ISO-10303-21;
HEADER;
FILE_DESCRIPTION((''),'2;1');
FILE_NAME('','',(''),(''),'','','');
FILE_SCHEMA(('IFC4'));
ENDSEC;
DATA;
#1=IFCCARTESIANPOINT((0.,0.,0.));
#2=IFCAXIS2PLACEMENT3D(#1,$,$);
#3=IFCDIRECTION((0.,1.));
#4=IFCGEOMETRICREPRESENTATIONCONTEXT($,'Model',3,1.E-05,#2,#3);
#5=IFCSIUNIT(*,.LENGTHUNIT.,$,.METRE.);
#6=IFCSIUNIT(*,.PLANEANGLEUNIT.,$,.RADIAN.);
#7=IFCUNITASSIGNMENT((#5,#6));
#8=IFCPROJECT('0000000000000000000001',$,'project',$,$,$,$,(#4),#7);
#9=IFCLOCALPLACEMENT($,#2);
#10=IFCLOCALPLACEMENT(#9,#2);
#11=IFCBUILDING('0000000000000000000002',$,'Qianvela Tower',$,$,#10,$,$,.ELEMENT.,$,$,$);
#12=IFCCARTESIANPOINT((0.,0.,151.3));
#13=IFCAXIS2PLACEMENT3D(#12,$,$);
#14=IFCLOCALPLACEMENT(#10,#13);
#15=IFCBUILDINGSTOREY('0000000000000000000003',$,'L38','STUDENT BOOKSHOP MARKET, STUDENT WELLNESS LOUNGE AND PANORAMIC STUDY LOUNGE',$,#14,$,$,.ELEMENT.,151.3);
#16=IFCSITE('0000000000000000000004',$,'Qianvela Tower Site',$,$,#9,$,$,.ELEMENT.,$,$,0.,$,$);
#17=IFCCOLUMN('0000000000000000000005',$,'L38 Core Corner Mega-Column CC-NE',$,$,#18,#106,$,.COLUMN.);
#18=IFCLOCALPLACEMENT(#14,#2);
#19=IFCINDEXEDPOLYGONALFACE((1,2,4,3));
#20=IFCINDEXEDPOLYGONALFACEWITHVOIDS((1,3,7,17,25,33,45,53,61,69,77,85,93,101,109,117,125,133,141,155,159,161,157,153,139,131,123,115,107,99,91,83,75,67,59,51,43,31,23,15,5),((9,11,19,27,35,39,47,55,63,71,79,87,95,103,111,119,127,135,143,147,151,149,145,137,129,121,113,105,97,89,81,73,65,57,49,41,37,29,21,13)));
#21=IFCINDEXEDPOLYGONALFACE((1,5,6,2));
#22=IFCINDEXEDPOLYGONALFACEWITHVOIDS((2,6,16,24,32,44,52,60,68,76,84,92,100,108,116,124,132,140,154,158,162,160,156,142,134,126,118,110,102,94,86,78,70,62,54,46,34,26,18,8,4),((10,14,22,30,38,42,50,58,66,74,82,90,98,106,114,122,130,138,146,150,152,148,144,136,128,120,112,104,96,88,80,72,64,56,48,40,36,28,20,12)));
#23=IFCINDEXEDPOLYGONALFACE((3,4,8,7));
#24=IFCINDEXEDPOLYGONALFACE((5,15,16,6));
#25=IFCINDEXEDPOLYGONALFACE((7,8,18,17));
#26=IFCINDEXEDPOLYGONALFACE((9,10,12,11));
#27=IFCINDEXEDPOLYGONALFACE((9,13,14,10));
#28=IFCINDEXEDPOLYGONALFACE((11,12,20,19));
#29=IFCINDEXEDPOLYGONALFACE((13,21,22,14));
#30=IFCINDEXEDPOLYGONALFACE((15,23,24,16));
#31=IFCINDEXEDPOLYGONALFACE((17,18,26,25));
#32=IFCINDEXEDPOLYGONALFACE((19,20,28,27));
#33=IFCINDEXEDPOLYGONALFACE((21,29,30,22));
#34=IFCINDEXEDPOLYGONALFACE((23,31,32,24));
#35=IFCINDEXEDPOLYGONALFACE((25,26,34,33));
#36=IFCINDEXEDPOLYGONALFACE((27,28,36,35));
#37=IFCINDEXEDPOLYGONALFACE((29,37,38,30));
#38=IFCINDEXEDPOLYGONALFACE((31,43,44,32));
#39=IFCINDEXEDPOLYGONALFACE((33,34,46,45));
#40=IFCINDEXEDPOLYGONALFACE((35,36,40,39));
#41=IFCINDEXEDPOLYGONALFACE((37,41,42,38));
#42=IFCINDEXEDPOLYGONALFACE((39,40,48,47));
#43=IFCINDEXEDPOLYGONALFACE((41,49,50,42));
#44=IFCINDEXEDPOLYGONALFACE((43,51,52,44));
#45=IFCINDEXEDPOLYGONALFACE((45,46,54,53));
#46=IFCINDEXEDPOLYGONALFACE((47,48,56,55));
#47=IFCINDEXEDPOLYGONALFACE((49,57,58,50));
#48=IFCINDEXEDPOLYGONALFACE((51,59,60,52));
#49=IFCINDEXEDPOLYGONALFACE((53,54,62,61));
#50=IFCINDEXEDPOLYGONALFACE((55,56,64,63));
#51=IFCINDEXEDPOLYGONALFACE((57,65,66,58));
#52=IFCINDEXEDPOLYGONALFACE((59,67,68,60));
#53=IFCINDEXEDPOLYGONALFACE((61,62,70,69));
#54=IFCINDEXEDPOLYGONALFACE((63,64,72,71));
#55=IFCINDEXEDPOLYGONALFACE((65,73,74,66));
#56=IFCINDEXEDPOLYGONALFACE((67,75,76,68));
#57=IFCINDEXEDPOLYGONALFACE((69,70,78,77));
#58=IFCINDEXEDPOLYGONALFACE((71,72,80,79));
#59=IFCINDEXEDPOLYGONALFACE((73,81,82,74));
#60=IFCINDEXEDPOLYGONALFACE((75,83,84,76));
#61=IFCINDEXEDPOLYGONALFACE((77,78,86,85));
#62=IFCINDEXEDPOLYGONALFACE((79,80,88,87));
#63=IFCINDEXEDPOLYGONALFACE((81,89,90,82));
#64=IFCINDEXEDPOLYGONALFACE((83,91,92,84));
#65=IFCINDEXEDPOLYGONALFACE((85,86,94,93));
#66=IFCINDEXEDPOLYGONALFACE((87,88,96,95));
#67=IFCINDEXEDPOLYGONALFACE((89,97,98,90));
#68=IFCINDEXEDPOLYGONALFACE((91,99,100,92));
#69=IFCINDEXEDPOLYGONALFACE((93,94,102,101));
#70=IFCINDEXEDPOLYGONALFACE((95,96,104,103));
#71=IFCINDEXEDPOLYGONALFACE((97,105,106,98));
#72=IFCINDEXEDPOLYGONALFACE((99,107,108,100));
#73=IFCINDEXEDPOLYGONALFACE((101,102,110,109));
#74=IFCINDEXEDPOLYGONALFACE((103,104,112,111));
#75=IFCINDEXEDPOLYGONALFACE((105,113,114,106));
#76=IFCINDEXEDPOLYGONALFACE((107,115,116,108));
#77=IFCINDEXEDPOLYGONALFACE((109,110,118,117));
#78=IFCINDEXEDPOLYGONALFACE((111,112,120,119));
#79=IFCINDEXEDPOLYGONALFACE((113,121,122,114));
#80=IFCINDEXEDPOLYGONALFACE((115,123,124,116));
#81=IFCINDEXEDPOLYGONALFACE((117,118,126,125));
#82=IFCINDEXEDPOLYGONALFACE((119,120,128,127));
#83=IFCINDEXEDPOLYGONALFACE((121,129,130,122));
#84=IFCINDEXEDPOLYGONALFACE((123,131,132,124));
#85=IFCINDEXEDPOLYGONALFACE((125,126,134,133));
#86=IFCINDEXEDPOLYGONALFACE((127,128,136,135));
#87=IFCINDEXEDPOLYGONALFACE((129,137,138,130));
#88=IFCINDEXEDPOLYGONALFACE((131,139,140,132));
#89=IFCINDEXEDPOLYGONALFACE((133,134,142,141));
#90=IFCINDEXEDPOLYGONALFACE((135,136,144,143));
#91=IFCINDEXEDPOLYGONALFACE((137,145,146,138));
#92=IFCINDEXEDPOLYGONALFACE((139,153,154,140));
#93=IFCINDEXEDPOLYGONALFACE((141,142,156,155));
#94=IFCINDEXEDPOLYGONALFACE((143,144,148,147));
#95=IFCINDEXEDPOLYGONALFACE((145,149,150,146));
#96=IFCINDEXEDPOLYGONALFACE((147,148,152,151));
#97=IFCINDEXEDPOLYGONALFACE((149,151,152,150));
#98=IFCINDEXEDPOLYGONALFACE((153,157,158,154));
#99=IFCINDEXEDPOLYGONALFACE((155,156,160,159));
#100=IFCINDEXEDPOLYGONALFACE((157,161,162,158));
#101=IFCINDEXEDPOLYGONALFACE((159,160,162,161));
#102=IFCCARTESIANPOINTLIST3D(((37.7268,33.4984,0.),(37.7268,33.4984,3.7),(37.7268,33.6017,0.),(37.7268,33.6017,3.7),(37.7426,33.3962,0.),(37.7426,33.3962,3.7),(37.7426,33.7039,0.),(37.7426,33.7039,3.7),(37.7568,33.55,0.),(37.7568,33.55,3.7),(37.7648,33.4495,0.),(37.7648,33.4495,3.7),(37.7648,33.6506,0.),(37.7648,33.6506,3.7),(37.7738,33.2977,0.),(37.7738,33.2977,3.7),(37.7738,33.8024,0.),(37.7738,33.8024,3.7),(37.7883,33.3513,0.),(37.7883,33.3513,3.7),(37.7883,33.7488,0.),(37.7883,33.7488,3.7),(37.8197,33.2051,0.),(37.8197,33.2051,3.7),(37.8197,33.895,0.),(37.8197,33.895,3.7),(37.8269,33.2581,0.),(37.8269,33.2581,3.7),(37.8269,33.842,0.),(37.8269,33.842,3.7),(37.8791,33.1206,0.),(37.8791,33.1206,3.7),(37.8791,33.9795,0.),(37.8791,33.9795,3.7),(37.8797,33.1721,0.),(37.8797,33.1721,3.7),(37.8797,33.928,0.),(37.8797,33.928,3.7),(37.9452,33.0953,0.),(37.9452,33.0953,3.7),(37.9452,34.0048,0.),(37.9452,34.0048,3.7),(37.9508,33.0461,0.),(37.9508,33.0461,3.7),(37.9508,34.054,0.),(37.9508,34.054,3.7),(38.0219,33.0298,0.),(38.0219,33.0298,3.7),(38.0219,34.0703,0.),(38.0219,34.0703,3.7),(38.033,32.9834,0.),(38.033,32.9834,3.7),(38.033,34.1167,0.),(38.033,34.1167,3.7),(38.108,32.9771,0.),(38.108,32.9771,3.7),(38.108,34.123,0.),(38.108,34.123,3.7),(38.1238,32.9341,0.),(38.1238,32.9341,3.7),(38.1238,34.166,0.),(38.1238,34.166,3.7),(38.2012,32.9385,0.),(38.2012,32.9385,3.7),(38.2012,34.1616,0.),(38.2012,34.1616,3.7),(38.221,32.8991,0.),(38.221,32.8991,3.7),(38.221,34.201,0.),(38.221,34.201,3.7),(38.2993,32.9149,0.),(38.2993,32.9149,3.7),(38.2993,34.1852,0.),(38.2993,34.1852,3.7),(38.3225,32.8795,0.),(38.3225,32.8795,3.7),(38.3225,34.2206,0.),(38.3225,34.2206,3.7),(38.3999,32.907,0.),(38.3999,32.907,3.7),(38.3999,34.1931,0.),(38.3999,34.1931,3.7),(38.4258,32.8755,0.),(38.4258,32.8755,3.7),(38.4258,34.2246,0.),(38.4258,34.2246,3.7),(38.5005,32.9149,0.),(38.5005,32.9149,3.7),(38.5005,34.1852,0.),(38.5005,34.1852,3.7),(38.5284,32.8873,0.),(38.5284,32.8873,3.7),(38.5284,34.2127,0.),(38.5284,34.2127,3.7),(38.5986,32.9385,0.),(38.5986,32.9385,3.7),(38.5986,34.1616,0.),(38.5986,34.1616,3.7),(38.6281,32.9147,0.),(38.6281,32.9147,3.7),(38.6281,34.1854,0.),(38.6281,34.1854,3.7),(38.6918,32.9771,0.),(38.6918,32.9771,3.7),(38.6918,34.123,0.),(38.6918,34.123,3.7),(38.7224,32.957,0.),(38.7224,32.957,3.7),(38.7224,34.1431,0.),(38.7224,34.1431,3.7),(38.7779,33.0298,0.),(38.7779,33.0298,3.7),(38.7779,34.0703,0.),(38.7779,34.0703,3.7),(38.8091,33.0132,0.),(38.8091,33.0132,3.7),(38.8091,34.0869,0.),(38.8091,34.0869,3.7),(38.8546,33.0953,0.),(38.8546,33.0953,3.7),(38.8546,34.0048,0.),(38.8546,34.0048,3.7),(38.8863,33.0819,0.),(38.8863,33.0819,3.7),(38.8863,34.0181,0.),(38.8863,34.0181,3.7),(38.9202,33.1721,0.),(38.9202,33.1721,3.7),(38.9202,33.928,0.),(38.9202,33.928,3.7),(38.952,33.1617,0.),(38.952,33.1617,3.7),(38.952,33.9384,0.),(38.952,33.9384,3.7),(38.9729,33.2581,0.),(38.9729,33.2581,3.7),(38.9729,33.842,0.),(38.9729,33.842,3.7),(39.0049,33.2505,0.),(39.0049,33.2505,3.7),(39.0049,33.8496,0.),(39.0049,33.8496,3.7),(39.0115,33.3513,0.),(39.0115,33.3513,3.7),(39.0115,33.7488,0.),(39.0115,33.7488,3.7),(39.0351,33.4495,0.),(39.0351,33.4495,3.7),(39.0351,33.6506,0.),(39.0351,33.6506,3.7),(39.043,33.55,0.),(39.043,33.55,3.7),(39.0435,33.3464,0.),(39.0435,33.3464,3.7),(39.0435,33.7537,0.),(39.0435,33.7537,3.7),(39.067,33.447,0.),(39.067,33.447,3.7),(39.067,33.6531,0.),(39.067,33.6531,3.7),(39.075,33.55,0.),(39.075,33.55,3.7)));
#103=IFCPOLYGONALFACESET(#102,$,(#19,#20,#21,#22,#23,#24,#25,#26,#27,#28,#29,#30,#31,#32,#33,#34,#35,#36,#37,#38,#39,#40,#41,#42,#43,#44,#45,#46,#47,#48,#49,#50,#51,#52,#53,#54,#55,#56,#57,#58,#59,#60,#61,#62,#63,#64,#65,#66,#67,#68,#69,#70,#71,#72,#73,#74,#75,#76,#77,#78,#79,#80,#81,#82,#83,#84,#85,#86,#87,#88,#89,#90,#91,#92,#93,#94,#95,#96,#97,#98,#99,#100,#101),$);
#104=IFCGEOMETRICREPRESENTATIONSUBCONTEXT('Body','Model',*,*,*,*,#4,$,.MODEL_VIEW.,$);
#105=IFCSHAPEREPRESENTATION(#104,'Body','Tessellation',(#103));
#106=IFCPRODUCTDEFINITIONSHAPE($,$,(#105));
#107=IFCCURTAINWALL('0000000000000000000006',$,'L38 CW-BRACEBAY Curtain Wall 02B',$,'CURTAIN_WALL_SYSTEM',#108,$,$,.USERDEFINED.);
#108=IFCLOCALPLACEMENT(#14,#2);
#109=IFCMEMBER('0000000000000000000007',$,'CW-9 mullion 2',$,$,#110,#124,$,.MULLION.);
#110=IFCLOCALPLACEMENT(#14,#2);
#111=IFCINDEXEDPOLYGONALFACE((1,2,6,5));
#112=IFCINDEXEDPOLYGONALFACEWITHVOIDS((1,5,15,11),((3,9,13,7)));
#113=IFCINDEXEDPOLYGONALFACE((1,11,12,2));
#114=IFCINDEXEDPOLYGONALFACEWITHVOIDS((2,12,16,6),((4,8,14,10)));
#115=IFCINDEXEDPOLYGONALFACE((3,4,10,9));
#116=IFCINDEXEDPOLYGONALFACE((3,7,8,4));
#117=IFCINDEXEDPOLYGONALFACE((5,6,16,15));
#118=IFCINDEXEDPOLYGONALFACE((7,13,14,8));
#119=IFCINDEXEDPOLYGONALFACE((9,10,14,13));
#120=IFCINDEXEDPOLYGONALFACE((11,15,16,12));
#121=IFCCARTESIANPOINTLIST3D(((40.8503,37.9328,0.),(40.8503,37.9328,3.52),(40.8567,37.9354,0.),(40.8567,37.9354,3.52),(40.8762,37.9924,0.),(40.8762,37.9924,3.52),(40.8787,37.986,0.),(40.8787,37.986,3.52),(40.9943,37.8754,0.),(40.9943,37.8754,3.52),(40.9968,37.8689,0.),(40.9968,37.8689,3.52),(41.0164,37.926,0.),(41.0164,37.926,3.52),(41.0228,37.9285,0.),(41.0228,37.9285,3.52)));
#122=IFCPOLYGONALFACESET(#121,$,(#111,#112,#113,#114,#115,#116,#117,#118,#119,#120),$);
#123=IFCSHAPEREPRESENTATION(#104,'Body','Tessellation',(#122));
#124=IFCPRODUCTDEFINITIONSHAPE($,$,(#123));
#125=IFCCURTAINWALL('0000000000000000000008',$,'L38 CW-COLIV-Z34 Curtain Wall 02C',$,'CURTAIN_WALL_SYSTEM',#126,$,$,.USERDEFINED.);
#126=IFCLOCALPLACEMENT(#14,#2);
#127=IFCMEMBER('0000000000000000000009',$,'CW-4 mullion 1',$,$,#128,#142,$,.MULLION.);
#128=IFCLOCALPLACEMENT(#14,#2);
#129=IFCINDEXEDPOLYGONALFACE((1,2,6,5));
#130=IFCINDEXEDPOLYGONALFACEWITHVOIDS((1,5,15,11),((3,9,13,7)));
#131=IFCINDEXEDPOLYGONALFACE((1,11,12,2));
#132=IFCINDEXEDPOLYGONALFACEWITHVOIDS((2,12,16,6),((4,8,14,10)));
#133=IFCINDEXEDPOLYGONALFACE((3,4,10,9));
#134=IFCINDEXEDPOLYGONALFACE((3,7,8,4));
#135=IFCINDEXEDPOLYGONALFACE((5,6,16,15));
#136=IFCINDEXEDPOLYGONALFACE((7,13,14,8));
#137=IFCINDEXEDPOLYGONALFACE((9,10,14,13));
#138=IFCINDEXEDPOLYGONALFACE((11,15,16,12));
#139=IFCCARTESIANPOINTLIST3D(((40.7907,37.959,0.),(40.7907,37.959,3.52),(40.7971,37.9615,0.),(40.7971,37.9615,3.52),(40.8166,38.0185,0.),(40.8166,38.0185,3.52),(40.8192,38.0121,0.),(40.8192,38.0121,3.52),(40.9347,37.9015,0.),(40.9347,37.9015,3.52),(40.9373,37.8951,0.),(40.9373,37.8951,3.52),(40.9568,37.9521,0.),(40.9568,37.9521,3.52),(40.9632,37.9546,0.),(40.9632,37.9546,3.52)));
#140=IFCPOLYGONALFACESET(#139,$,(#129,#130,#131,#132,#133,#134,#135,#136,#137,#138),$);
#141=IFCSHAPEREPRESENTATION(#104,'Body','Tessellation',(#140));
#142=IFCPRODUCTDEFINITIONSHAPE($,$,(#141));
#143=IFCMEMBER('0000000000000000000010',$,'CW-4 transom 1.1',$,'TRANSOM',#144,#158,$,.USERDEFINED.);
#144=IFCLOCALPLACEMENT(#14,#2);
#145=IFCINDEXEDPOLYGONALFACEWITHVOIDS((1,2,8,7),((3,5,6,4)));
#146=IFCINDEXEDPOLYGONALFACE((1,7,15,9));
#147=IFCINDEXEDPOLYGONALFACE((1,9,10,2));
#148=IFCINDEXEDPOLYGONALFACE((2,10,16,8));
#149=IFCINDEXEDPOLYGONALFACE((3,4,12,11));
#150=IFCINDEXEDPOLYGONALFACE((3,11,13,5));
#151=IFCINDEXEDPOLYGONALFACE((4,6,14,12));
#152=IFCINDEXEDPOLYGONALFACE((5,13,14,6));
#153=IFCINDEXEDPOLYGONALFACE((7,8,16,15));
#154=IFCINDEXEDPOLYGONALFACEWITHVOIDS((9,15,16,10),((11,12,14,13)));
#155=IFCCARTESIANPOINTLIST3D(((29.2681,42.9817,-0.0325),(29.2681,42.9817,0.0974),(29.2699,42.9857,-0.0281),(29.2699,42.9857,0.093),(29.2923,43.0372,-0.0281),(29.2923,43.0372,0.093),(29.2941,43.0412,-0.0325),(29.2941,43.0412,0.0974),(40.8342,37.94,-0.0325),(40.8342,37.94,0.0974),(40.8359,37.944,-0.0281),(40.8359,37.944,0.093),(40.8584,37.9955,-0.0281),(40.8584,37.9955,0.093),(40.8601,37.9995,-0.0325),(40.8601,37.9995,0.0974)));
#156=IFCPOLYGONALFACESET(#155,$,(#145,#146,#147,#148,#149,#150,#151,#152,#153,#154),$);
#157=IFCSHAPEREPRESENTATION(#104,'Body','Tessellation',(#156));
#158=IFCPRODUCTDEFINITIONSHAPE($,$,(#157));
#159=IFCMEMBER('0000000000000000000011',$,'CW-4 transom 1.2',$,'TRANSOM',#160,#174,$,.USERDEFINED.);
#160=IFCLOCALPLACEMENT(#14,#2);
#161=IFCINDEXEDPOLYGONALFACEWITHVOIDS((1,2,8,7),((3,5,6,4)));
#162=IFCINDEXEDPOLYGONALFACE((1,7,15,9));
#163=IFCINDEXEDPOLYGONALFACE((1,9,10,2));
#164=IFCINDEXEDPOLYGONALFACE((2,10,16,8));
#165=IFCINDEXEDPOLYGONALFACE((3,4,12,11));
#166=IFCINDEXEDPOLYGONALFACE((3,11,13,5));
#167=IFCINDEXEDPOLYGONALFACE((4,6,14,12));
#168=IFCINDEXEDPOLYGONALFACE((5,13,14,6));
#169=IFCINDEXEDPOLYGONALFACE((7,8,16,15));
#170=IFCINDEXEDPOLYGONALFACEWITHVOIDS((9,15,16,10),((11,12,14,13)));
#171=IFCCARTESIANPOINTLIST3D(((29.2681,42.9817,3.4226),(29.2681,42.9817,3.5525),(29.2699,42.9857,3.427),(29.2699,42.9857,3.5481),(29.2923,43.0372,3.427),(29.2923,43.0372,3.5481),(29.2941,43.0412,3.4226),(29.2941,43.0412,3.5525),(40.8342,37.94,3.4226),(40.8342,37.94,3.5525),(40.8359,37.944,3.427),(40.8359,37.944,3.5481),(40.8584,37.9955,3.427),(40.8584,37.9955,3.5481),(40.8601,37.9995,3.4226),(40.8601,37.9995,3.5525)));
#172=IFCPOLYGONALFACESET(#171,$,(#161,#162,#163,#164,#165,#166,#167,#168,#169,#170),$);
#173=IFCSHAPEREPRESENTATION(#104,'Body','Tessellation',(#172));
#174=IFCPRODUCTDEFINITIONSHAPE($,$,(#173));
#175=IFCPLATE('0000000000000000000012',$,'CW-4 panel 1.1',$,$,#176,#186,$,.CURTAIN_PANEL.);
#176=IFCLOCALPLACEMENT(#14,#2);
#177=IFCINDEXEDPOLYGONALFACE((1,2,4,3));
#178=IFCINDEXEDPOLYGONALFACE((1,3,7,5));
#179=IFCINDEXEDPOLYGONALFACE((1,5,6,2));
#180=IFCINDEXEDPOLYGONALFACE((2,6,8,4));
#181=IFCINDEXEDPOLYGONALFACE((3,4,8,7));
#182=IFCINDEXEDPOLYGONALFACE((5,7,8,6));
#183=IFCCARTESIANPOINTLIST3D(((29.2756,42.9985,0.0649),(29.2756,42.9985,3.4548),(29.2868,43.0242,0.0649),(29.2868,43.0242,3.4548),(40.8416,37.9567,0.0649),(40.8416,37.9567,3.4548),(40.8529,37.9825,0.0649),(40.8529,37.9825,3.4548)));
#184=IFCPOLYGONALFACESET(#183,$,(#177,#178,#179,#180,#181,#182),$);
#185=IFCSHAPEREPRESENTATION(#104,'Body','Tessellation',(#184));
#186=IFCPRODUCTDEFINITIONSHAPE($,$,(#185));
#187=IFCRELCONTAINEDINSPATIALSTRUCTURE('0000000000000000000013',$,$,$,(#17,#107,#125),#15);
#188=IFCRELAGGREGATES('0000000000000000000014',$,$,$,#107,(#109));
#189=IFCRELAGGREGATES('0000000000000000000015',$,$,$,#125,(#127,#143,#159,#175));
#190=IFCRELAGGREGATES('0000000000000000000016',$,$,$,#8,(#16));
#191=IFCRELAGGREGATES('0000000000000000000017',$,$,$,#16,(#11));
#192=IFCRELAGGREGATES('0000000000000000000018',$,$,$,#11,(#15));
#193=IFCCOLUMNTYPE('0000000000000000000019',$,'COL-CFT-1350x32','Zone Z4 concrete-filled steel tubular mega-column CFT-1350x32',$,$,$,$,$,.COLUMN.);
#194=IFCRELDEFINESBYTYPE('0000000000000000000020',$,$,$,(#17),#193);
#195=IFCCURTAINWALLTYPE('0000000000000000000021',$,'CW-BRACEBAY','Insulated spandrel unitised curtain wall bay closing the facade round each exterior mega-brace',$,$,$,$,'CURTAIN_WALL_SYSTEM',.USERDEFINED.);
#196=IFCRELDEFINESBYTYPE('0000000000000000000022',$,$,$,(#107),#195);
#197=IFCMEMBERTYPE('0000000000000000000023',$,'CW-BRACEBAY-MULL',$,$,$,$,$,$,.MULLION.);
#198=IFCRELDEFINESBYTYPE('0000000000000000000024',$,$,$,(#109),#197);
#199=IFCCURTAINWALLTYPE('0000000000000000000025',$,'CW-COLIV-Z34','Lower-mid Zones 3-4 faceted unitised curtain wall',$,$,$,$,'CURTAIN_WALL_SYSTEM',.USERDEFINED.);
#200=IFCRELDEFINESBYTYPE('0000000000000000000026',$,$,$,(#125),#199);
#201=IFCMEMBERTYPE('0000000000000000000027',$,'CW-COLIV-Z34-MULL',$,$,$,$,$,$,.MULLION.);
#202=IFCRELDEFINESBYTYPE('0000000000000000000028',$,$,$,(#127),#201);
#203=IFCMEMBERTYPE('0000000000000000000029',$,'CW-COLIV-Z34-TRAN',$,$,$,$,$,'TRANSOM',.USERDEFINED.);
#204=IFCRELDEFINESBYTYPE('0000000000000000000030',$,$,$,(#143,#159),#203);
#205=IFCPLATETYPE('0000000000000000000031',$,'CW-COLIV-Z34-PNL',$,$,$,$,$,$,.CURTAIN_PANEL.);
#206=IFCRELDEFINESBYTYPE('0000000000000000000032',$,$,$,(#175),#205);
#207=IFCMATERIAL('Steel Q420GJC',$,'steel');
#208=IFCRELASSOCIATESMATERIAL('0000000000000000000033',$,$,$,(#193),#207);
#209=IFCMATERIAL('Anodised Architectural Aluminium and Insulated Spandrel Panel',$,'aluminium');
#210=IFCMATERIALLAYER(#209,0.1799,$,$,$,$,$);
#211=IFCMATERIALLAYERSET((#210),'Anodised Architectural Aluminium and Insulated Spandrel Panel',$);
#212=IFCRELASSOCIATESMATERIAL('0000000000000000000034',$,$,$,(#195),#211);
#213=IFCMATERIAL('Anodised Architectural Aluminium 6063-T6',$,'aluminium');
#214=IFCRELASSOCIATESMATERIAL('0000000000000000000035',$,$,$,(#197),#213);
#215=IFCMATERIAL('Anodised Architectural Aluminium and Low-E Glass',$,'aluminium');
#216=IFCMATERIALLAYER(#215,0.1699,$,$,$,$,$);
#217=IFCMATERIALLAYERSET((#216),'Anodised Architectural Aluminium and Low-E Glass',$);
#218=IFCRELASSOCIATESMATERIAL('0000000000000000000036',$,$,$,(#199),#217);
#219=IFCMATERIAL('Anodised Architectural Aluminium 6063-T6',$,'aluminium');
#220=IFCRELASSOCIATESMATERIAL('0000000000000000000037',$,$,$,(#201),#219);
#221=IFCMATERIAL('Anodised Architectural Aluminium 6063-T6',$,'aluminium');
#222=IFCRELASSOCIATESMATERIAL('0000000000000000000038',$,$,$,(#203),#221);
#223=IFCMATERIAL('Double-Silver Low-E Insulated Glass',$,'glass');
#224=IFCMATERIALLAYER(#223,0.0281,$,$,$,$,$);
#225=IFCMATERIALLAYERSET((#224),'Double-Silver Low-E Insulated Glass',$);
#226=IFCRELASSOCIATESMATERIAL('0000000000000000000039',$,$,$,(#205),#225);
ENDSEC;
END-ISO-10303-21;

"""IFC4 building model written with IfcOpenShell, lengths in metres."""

from ifc_helpers import new_model, si_unit, direction, frame, origin, origin_2d, place, context, subcontext, project, spatial, rectangle, hollow_rectangle, hollow_circle, extrude, material, layer, layer_set, material_profile, profile_set, type_object, element, aggregate, save


model = new_model("IFC4")

# Units and contexts
model_context = context("Model", 3, precision=1e-05, world=origin(), true_north=direction((0.0, 1.0)))
body_context = subcontext(model_context, "Body", "Model", "MODEL_VIEW")
ifc_project = project(units=[si_unit("LENGTHUNIT", "METRE"), si_unit("PLANEANGLEUNIT", "RADIAN")], contexts=[model_context])

# Site, building, storey
site_placement = place(None, origin())
site = spatial("IfcSite", under=ifc_project, at=site_placement, Name="Qianvela Tower Site", CompositionType="ELEMENT", RefElevation=0.0)
building_placement = place(site_placement, origin())
building = spatial("IfcBuilding", under=site, at=building_placement, Name="Qianvela Tower", CompositionType="ELEMENT")
storey_placement = place(building_placement, frame((0.0, 0.0, 151.3)))
storey = spatial("IfcBuildingStorey", under=building, at=storey_placement, Name="L38", Description="STUDENT BOOKSHOP MARKET, STUDENT WELLNESS LOUNGE AND PANORAMIC STUDY LOUNGE", CompositionType="ELEMENT", Elevation=151.3)

# Column
ifc_material_1 = material(Name="Steel Q420GJC", Category="steel")
ifc_material_profile_1 = material_profile(ifc_material_1, hollow_circle(Radius=0.675, WallThickness=0.032, at=origin_2d()), Name="CFT-1350x32")
ifc_profile_set_1 = profile_set([ifc_material_profile_1], Name="Steel Q420GJC")
column_type = type_object("IfcColumnType", Name="COL-CFT-1350x32", Description="Zone Z4 concrete-filled steel tubular mega-column CFT-1350x32", PredefinedType="COLUMN", material=ifc_profile_set_1)
column_placement = place(storey_placement, frame((38.3999, 33.55, 0.0), z_axis=(0.0, 0.0, 1.0), x_axis=(1.0, 0.0, 0.0)))
element("IfcColumn", 1, at=column_placement, inside=storey, type_object=column_type, Name="L38 Core Corner Mega-Column CC-NE", PredefinedType="COLUMN", context=body_context, shape_type="SweptSolid", body=[
    extrude(hollow_circle(Radius=0.675, WallThickness=0.032, at=origin_2d()), origin(), (0.0, 0.0, 1.0), 3.7),
])

# Curtain wall, member
ifc_material_2 = material(Name="Anodised Architectural Aluminium and Insulated Spandrel Panel", Category="aluminium")
ifc_layer_1 = layer(ifc_material_2, 0.1799)
ifc_layer_set_1 = layer_set([ifc_layer_1], Name="Anodised Architectural Aluminium and Insulated Spandrel Panel")
curtain_wall_type_1 = type_object("IfcCurtainWallType", Name="CW-BRACEBAY", Description="Insulated spandrel unitised curtain wall bay closing the facade round each exterior mega-brace", ElementType="CURTAIN_WALL_SYSTEM", PredefinedType="USERDEFINED", material=ifc_layer_set_1)
curtain_wall_1_placement = place(storey_placement, origin())
curtain_wall_1 = element("IfcCurtainWall", 2, at=curtain_wall_1_placement, inside=storey, type_object=curtain_wall_type_1, Name="L38 CW-BRACEBAY Curtain Wall 02B", ObjectType="CURTAIN_WALL_SYSTEM", PredefinedType="USERDEFINED")
ifc_material_3 = material(Name="Anodised Architectural Aluminium 6063-T6", Category="aluminium")
ifc_material_profile_2 = material_profile(ifc_material_3, hollow_rectangle(XDim=0.0649, YDim=0.1599, WallThickness=0.0049, at=origin_2d()), Name="ALU-MULL-65x160")
ifc_profile_set_2 = profile_set([ifc_material_profile_2], Name="Anodised Architectural Aluminium 6063-T6")
member_type_1 = type_object("IfcMemberType", Name="CW-BRACEBAY-MULL", PredefinedType="MULLION", material=ifc_profile_set_2)
member_1_placement = place(storey_placement, frame((40.9365, 37.9307, 0.0), z_axis=(0.0, 0.0, 1.0), x_axis=(-0.399607, -0.916687, 0.0)))
member_1 = element("IfcMember", 3, at=member_1_placement, type_object=member_type_1, Name="CW-9 mullion 2", PredefinedType="MULLION", context=body_context, shape_type="SweptSolid", body=[
    extrude(hollow_rectangle(XDim=0.0649, YDim=0.1599, WallThickness=0.0049, at=origin_2d()), origin(), (0.0, 0.0, 1.0), 3.52),
])
aggregate(curtain_wall_1, [member_1])

# Curtain wall, members, plate
ifc_material_4 = material(Name="Anodised Architectural Aluminium and Low-E Glass", Category="aluminium")
ifc_layer_2 = layer(ifc_material_4, 0.1699)
ifc_layer_set_2 = layer_set([ifc_layer_2], Name="Anodised Architectural Aluminium and Low-E Glass")
curtain_wall_type_2 = type_object("IfcCurtainWallType", Name="CW-COLIV-Z34", Description="Lower-mid Zones 3-4 faceted unitised curtain wall", ElementType="CURTAIN_WALL_SYSTEM", PredefinedType="USERDEFINED", material=ifc_layer_set_2)
curtain_wall_2_placement = place(storey_placement, origin())
curtain_wall_2 = element("IfcCurtainWall", 4, at=curtain_wall_2_placement, inside=storey, type_object=curtain_wall_type_2, Name="L38 CW-COLIV-Z34 Curtain Wall 02C", ObjectType="CURTAIN_WALL_SYSTEM", PredefinedType="USERDEFINED")
ifc_material_5 = material(Name="Anodised Architectural Aluminium 6063-T6", Category="aluminium")
ifc_material_profile_3 = material_profile(ifc_material_5, hollow_rectangle(XDim=0.0649, YDim=0.1599, WallThickness=0.0049, at=origin_2d()), Name="ALU-MULL-65x160")
ifc_profile_set_3 = profile_set([ifc_material_profile_3], Name="Anodised Architectural Aluminium 6063-T6")
member_type_2 = type_object("IfcMemberType", Name="CW-COLIV-Z34-MULL", PredefinedType="MULLION", material=ifc_profile_set_3)
member_2_placement = place(storey_placement, frame((40.877, 37.9568, 0.0), z_axis=(0.0, 0.0, 1.0), x_axis=(-0.399595, -0.916692, 0.0)))
member_2 = element("IfcMember", 5, at=member_2_placement, type_object=member_type_2, Name="CW-4 mullion 1", PredefinedType="MULLION", context=body_context, shape_type="SweptSolid", body=[
    extrude(hollow_rectangle(XDim=0.0649, YDim=0.1599, WallThickness=0.0049, at=origin_2d()), origin(), (0.0, 0.0, 1.0), 3.52),
])
ifc_material_6 = material(Name="Anodised Architectural Aluminium 6063-T6", Category="aluminium")
ifc_material_profile_4 = material_profile(ifc_material_6, hollow_rectangle(XDim=0.0649, YDim=0.1299, WallThickness=0.0044, at=origin_2d()), Name="ALU-TRAN-65x130")
ifc_profile_set_4 = profile_set([ifc_material_profile_4], Name="Anodised Architectural Aluminium 6063-T6")
member_type_3 = type_object("IfcMemberType", Name="CW-COLIV-Z34-TRAN", ElementType="TRANSOM", PredefinedType="USERDEFINED", material=ifc_profile_set_4)
member_3_placement = place(storey_placement, frame((40.8472, 37.9697, 0.0325), z_axis=(-0.916693, 0.399591, 0.0), x_axis=(-0.399591, -0.916693, 0.0)))
member_3 = element("IfcMember", 6, at=member_3_placement, type_object=member_type_3, Name="CW-4 transom 1.1", ObjectType="TRANSOM", PredefinedType="USERDEFINED", context=body_context, shape_type="SweptSolid", body=[
    extrude(hollow_rectangle(XDim=0.0649, YDim=0.1299, WallThickness=0.0044, at=origin_2d()), origin(), (0.0, 0.0, 1.0), 12.6172),
])
member_4_placement = place(storey_placement, frame((40.8472, 37.9697, 3.4875), z_axis=(-0.916693, 0.399591, 0.0), x_axis=(-0.399591, -0.916693, 0.0)))
member_4 = element("IfcMember", 7, at=member_4_placement, type_object=member_type_3, Name="CW-4 transom 1.2", ObjectType="TRANSOM", PredefinedType="USERDEFINED", context=body_context, shape_type="SweptSolid", body=[
    extrude(hollow_rectangle(XDim=0.0649, YDim=0.1299, WallThickness=0.0044, at=origin_2d()), origin(), (0.0, 0.0, 1.0), 12.6172),
])
ifc_material_7 = material(Name="Double-Silver Low-E Insulated Glass", Category="glass")
ifc_layer_3 = layer(ifc_material_7, 0.0281)
ifc_layer_set_3 = layer_set([ifc_layer_3], Name="Double-Silver Low-E Insulated Glass")
plate_type_1 = type_object("IfcPlateType", Name="CW-COLIV-Z34-PNL", PredefinedType="CURTAIN_PANEL", material=ifc_layer_set_3)
plate_1_placement = place(storey_placement, frame((35.0642, 40.4905, 0.0649), z_axis=(0.0, 0.0, 1.0), x_axis=(-0.916692, 0.399595, 0.0)))
plate_1 = element("IfcPlate", 8, at=plate_1_placement, type_object=plate_type_1, Name="CW-4 panel 1.1", PredefinedType="CURTAIN_PANEL", context=body_context, shape_type="SweptSolid", body=[
    extrude(rectangle(XDim=12.6172, YDim=0.0281, at=origin_2d()), origin(), (0.0, 0.0, 1.0), 3.3899),
])
aggregate(curtain_wall_2, [member_2, member_3, member_4, plate_1])

save(model, "model.ifc")
